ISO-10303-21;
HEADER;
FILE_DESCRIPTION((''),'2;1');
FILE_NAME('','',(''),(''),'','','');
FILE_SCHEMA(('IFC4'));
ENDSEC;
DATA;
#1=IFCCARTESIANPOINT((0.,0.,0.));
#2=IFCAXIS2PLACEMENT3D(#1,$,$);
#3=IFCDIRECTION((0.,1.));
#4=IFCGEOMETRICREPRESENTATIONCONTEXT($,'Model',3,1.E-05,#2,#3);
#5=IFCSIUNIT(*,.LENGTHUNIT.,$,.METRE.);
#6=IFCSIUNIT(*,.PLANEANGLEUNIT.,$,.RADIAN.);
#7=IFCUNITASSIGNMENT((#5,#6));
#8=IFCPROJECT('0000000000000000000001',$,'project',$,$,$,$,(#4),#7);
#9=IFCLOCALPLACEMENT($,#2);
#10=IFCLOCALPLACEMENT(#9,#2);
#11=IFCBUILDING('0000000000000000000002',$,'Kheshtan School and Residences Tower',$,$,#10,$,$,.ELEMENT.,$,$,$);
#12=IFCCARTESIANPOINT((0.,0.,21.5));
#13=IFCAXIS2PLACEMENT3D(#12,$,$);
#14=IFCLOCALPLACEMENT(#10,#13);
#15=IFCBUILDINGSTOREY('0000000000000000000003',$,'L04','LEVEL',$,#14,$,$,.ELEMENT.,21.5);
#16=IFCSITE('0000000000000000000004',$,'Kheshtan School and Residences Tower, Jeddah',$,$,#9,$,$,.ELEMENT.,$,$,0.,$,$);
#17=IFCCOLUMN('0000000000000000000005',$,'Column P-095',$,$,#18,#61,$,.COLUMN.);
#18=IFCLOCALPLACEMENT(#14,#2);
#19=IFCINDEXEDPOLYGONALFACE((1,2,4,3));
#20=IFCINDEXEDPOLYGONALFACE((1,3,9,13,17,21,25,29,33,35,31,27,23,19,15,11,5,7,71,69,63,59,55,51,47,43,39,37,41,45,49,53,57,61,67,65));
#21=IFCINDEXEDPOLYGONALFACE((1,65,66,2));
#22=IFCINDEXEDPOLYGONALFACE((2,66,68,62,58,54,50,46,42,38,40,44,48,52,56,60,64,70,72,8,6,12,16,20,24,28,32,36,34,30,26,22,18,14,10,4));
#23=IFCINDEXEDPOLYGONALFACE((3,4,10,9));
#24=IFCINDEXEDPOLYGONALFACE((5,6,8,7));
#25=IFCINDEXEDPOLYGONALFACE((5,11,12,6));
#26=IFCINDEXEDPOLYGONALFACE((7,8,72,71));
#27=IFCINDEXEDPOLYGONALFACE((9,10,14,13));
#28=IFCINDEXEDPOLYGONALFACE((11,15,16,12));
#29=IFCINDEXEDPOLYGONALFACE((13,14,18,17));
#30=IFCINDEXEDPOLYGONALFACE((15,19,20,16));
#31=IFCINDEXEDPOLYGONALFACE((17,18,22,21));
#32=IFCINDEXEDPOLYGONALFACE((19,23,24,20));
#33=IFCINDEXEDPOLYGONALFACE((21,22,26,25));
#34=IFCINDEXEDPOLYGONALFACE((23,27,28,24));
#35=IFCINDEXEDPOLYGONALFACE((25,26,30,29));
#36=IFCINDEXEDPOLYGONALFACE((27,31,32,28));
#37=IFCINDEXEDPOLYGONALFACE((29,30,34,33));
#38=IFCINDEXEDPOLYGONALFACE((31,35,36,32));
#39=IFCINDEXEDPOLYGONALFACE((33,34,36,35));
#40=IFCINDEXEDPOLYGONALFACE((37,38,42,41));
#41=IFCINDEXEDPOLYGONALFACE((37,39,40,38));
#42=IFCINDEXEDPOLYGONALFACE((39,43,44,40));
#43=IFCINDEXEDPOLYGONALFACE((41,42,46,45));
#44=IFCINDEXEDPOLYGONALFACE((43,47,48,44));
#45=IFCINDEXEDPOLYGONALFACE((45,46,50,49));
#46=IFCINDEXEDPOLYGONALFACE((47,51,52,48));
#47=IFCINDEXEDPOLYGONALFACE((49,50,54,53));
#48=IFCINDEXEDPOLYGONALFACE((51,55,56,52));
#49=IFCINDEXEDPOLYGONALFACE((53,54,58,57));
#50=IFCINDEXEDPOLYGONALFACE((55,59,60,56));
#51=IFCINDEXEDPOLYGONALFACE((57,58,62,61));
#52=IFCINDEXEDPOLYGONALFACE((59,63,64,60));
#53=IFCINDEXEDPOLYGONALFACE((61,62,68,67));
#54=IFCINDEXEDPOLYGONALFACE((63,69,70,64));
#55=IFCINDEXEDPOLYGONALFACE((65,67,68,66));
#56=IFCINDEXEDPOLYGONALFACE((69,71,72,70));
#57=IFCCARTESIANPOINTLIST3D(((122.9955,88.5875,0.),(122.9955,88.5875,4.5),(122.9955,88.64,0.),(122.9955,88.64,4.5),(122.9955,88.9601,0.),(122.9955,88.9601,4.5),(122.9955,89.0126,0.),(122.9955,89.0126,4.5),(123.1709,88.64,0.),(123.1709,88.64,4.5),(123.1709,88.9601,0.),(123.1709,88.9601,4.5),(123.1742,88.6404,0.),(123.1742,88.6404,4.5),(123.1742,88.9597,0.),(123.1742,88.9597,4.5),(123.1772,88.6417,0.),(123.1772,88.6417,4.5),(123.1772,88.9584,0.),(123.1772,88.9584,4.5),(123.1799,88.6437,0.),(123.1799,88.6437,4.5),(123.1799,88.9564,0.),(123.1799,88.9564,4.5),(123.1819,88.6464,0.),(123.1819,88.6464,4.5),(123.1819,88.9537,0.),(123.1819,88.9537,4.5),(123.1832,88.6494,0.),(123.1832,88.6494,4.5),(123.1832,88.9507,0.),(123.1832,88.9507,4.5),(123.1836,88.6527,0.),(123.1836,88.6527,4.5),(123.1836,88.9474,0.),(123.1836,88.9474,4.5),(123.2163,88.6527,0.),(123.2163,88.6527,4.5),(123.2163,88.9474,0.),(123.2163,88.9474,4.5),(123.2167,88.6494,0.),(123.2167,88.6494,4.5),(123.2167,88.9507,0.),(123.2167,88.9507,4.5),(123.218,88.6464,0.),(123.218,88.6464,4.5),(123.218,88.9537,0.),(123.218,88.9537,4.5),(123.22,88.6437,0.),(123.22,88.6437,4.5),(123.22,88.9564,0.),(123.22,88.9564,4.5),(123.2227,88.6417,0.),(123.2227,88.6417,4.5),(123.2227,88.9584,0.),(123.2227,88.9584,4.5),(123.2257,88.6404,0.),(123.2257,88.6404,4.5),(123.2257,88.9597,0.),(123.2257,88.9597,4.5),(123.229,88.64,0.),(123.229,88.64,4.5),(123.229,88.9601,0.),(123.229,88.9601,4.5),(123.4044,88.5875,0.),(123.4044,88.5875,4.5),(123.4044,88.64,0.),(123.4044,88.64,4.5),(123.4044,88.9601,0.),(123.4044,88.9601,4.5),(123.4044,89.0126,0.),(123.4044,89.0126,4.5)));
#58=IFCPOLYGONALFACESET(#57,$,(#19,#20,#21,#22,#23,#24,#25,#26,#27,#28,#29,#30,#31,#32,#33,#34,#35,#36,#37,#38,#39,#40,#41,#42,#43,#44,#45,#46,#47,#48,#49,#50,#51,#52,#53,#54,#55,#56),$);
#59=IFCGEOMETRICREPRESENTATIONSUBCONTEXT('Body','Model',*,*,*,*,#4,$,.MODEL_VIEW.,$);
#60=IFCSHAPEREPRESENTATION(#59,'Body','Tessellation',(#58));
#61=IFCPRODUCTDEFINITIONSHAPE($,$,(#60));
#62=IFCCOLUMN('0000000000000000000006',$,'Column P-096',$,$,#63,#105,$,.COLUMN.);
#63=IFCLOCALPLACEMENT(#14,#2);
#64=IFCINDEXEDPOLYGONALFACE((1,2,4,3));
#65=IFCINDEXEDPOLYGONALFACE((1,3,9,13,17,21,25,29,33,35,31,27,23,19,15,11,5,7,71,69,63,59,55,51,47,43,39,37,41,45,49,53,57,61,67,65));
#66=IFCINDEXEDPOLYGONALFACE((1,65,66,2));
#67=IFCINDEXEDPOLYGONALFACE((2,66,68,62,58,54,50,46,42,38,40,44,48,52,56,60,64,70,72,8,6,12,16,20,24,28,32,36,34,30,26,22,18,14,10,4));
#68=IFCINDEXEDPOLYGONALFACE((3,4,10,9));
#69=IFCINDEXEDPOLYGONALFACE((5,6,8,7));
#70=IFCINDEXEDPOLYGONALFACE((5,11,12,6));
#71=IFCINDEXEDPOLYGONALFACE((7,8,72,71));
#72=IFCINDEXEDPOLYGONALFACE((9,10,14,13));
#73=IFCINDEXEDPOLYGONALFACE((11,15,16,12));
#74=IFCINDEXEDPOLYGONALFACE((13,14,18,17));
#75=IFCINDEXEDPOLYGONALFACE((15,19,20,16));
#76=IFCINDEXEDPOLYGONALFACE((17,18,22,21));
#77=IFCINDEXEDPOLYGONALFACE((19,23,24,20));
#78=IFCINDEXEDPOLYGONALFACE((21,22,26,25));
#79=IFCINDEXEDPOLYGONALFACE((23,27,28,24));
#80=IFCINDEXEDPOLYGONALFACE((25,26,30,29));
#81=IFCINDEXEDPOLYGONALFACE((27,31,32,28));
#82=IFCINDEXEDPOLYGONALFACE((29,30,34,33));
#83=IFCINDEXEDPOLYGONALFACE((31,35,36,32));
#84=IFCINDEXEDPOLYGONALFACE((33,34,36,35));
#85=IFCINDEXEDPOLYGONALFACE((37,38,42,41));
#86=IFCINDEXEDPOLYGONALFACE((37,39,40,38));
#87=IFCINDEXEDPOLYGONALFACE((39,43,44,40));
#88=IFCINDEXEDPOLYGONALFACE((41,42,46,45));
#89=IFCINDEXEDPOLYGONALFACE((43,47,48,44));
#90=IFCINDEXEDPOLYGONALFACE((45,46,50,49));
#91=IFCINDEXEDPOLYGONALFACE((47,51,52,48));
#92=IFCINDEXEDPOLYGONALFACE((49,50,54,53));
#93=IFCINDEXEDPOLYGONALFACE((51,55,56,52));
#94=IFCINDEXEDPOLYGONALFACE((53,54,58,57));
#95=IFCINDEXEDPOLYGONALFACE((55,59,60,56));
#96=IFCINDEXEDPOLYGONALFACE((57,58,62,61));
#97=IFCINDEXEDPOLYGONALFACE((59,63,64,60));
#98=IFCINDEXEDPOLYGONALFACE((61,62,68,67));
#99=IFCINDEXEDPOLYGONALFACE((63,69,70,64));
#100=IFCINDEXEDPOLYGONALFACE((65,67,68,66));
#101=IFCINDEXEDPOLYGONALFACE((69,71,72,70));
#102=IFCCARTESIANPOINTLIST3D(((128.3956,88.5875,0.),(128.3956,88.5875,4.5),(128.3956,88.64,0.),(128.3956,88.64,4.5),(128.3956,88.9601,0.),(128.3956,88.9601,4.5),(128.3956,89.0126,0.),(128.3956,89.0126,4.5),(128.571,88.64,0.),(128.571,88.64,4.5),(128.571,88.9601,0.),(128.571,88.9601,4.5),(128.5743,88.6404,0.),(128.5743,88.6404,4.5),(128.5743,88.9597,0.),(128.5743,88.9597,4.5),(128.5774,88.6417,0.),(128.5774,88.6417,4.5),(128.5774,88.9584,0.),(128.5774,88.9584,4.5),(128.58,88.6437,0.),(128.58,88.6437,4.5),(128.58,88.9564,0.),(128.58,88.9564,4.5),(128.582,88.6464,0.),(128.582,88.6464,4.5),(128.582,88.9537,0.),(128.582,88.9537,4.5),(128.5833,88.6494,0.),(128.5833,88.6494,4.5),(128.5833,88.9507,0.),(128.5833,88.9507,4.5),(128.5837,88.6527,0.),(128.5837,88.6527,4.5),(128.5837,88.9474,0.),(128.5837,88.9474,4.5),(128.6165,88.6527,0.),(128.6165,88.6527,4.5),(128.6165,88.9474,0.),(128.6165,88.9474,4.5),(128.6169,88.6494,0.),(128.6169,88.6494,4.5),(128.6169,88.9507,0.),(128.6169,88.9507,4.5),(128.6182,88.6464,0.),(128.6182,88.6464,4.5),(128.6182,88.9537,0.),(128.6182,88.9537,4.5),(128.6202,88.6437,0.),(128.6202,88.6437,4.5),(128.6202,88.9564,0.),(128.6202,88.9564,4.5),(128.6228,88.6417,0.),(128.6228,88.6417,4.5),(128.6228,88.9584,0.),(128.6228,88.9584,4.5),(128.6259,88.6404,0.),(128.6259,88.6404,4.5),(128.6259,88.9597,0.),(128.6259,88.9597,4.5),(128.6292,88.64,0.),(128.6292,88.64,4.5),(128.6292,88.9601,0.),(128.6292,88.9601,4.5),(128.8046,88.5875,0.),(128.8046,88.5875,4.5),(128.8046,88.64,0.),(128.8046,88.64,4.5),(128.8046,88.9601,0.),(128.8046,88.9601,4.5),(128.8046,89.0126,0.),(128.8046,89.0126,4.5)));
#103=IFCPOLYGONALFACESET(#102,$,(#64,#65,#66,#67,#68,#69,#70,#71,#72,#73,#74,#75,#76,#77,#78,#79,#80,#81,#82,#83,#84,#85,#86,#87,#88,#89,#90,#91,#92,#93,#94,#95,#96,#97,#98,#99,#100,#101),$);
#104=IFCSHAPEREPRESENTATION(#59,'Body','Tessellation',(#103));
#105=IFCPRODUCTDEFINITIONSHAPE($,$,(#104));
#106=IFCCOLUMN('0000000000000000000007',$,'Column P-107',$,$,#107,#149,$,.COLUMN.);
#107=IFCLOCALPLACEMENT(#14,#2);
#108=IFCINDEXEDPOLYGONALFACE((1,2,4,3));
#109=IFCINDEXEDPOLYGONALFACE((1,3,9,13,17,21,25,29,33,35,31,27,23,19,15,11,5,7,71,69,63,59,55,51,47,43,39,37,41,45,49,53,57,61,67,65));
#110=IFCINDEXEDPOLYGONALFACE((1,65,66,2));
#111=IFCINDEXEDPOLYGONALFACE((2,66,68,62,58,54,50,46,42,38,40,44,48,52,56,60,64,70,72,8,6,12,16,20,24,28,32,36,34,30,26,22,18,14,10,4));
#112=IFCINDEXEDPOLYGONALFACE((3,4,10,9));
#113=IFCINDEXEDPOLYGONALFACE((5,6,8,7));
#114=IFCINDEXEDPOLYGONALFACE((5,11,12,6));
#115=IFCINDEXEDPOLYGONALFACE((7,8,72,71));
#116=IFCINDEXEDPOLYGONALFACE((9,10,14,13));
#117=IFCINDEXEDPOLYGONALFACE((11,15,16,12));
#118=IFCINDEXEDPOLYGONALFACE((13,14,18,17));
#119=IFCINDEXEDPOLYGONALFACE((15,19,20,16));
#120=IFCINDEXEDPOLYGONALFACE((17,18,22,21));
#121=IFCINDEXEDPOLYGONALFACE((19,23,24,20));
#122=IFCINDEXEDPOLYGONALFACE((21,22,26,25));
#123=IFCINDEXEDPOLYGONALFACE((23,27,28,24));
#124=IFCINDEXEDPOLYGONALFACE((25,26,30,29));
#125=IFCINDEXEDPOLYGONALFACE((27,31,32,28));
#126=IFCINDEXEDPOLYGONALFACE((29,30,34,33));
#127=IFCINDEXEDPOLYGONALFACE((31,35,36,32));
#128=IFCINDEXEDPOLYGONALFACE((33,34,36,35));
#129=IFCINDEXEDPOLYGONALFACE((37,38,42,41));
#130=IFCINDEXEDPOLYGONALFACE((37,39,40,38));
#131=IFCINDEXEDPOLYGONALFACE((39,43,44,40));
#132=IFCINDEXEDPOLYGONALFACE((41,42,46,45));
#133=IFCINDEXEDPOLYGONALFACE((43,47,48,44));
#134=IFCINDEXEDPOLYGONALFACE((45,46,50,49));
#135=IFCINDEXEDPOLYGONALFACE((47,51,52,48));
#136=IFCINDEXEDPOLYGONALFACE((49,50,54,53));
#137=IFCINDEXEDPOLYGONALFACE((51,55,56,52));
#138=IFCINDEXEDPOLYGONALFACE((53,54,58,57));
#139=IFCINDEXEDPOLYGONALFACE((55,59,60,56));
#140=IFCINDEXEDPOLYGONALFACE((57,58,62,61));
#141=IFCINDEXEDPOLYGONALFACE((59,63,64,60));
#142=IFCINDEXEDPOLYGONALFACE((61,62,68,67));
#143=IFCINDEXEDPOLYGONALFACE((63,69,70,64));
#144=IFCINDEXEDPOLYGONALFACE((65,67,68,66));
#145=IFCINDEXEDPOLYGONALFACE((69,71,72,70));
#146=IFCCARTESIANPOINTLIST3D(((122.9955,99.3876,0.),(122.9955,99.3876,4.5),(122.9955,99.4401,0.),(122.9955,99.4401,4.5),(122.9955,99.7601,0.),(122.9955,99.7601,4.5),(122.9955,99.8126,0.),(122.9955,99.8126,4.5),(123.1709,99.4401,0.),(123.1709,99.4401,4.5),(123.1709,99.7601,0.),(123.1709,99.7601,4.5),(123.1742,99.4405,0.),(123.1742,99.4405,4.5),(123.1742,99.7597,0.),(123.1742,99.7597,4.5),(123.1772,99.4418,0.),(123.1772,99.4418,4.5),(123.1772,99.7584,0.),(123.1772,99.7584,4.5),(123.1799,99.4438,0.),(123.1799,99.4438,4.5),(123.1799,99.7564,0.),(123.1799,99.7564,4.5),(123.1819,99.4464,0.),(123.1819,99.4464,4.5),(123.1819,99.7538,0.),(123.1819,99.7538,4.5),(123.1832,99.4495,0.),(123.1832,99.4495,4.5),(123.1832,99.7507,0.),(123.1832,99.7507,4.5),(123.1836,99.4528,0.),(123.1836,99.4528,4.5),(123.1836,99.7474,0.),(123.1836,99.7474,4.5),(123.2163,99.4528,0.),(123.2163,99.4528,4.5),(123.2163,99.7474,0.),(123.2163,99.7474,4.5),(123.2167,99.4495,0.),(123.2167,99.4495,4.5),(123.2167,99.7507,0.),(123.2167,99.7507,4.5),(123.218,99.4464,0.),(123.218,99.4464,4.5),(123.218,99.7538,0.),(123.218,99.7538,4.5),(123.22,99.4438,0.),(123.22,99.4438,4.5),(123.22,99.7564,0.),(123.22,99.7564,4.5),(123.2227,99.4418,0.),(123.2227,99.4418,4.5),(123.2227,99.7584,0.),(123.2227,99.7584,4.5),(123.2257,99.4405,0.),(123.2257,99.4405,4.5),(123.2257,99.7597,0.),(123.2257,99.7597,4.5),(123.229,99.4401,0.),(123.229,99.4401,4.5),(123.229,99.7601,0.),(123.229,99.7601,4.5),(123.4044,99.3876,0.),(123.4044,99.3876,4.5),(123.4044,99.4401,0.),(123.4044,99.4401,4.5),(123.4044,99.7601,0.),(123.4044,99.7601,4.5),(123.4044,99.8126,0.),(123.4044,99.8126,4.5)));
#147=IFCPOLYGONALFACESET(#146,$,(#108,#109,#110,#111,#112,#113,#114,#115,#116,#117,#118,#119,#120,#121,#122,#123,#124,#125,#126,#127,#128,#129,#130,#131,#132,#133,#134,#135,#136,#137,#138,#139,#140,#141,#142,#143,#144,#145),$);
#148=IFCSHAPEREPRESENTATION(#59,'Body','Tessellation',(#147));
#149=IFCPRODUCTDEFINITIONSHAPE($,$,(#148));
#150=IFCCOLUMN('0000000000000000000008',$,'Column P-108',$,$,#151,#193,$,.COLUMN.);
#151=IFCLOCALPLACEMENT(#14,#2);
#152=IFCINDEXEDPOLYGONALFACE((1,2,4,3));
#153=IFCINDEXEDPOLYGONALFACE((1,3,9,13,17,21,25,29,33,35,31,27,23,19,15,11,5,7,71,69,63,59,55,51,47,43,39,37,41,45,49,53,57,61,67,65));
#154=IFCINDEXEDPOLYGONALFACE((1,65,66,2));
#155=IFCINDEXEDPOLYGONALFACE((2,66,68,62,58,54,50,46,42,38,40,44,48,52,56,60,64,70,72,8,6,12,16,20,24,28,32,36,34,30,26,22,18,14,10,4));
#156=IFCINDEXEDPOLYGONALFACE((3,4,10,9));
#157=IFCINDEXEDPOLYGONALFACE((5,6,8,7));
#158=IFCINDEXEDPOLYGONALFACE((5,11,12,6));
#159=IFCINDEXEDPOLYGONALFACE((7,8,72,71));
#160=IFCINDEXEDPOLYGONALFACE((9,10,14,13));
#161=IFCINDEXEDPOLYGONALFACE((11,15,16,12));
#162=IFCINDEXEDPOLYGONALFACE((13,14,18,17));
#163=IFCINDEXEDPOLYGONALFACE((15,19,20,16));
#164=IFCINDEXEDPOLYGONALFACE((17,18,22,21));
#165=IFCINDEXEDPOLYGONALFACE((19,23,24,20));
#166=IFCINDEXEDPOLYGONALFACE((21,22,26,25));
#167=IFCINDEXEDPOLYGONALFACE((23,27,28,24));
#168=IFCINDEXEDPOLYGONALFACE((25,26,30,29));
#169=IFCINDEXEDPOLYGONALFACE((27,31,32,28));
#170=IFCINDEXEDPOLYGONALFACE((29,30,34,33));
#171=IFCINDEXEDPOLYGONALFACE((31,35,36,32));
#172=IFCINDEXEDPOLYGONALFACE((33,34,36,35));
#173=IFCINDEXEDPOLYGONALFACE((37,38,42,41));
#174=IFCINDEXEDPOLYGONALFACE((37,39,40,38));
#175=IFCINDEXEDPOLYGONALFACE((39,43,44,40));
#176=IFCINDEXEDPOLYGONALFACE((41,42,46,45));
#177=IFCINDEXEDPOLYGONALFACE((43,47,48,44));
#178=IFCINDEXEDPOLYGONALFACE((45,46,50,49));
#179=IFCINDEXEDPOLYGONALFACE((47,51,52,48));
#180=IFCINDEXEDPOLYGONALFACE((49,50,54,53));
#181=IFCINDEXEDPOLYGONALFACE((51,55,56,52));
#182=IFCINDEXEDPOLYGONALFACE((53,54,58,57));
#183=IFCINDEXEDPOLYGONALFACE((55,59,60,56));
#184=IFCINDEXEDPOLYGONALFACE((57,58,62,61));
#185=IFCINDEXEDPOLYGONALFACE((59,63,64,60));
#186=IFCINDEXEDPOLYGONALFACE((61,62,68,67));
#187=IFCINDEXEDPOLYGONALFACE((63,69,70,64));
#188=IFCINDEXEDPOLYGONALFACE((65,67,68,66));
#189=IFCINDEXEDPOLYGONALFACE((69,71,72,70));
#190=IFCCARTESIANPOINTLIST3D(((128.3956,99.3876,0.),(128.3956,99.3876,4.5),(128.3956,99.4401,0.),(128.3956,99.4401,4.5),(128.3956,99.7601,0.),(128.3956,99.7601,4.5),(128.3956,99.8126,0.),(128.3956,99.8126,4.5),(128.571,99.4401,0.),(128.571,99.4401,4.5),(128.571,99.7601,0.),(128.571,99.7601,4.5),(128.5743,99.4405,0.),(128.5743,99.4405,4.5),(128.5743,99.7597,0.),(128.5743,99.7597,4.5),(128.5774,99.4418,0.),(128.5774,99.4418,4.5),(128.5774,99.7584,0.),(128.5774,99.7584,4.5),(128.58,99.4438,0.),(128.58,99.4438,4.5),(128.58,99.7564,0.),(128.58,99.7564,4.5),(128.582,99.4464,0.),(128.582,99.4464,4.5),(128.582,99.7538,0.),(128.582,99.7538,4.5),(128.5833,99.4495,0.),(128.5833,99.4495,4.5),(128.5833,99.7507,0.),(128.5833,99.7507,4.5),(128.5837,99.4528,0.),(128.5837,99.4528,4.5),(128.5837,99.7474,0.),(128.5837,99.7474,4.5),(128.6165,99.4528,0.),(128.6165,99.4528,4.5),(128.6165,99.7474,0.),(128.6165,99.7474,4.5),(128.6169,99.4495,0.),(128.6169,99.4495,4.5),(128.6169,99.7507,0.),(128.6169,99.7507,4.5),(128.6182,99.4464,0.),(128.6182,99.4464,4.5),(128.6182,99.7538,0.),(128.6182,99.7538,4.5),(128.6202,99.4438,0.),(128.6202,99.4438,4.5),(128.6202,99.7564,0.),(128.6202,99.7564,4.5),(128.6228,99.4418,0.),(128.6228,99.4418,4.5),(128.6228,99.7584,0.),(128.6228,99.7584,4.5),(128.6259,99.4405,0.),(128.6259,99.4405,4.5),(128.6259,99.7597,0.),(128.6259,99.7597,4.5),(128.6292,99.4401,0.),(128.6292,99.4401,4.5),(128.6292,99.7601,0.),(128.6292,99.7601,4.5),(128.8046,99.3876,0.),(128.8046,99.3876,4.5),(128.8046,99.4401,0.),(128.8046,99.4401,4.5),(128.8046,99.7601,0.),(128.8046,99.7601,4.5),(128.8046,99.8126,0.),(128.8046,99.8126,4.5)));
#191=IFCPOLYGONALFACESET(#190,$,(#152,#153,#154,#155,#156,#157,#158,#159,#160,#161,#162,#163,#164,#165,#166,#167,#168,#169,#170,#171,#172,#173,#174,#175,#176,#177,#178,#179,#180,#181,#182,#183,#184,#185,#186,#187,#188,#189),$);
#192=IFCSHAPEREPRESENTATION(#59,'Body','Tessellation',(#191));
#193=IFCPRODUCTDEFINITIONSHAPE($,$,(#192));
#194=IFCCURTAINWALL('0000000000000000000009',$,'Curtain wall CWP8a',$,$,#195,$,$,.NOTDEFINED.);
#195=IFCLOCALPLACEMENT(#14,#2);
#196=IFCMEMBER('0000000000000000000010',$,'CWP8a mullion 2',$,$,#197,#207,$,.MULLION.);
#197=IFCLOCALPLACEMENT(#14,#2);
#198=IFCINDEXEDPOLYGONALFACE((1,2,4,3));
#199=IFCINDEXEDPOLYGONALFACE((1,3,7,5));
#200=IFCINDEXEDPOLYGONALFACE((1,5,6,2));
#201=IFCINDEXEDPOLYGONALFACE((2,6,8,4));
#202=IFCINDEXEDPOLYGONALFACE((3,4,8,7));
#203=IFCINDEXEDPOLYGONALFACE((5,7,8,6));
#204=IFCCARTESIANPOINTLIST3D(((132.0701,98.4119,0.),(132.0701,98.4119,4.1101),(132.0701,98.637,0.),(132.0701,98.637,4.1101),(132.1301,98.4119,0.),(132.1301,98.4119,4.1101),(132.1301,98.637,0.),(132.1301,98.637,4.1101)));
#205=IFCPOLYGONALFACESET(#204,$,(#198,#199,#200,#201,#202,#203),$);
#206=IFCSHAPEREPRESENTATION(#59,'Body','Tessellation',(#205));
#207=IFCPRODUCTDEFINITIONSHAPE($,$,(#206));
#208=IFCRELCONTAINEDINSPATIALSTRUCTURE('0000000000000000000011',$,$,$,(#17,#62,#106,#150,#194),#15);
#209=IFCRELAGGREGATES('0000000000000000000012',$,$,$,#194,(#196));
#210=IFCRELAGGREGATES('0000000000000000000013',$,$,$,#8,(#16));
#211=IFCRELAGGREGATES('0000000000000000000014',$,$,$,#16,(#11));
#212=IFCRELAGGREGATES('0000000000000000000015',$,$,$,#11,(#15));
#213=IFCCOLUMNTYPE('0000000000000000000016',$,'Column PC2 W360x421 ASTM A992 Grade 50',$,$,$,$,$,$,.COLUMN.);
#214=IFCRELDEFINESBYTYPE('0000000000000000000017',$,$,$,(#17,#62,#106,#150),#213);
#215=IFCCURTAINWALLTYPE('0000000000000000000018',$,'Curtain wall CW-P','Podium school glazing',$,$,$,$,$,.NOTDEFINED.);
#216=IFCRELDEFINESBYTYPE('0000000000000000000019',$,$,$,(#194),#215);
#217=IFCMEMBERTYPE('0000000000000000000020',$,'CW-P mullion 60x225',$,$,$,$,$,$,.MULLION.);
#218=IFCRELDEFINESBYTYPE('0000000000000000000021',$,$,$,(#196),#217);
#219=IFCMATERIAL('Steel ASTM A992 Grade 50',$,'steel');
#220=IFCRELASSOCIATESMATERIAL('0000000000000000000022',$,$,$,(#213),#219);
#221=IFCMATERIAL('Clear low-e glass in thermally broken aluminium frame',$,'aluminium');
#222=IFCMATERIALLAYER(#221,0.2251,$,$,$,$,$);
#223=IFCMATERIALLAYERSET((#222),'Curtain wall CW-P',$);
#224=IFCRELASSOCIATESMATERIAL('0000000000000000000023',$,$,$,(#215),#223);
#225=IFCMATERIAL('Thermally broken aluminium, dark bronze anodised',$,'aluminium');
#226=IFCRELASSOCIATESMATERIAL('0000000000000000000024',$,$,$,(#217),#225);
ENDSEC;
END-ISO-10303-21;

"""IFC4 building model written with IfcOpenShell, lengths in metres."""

from ifc_helpers import new_model, si_unit, direction, frame, origin, origin_2d, place, context, subcontext, project, spatial, rectangle, i_section, extrude, material, layer, layer_set, material_profile, profile_set, type_object, element, aggregate, save


model = new_model("IFC4")

# Units and contexts
model_context = context("Model", 3, precision=1e-05, world=origin(), true_north=direction((0.0, 1.0)))
body_context = subcontext(model_context, "Body", "Model", "MODEL_VIEW")
ifc_project = project(units=[si_unit("LENGTHUNIT", "METRE"), si_unit("PLANEANGLEUNIT", "RADIAN")], contexts=[model_context])

# Site, building, storey
site_placement = place(None, origin())
site = spatial("IfcSite", under=ifc_project, at=site_placement, Name="Kheshtan School and Residences Tower, Jeddah", CompositionType="ELEMENT", RefElevation=0.0)
building_placement = place(site_placement, origin())
building = spatial("IfcBuilding", under=site, at=building_placement, Name="Kheshtan School and Residences Tower", CompositionType="ELEMENT")
storey_placement = place(building_placement, frame((0.0, 0.0, 21.5)))
storey = spatial("IfcBuildingStorey", under=building, at=storey_placement, Name="L04", Description="LEVEL", CompositionType="ELEMENT", Elevation=21.5)

# Columns
ifc_material_1 = material(Name="Steel ASTM A992 Grade 50", Category="steel")
ifc_material_profile_1 = material_profile(ifc_material_1, i_section(OverallWidth=0.4089, OverallDepth=0.425, WebThickness=0.0327, FlangeThickness=0.0525, FilletRadius=0.0127, at=origin_2d()), Name="W360x421")
ifc_profile_set_1 = profile_set([ifc_material_profile_1], Name="Steel ASTM A992 Grade 50")
column_type = type_object("IfcColumnType", Name="Column PC2 W360x421 ASTM A992 Grade 50", PredefinedType="COLUMN", material=ifc_profile_set_1)
for number, where, z_axis, x_axis, name in (
    (1, (123.2, 88.8, 0.0), (0.0, 0.0, 1.0), (1.0, 0.0, 0.0), "Column P-095"),
    (2, (128.6001, 88.8, 0.0), (0.0, 0.0, 1.0), (1.0, 0.0, 0.0), "Column P-096"),
    (3, (123.2, 99.6001, 0.0), (0.0, 0.0, 1.0), (1.0, 0.0, 0.0), "Column P-107"),
    (4, (128.6001, 99.6001, 0.0), (0.0, 0.0, 1.0), (1.0, 0.0, 0.0), "Column P-108"),
):
    element("IfcColumn", number, at=place(storey_placement, frame(where, z_axis=z_axis, x_axis=x_axis)), inside=storey, type_object=column_type, Name=name, PredefinedType="COLUMN", context=body_context, shape_type="SweptSolid", body=[
        extrude(i_section(OverallWidth=0.4089, OverallDepth=0.425, WebThickness=0.0327, FlangeThickness=0.0525, FilletRadius=0.0127, at=origin_2d()), origin(), (0.0, 0.0, 1.0), 4.5),
    ])

# Curtain wall, member
ifc_material_2 = material(Name="Clear low-e glass in thermally broken aluminium frame", Category="aluminium")
ifc_layer_1 = layer(ifc_material_2, 0.2251)
ifc_layer_set_1 = layer_set([ifc_layer_1], Name="Curtain wall CW-P")
curtain_wall_type = type_object("IfcCurtainWallType", Name="Curtain wall CW-P", Description="Podium school glazing", PredefinedType="NOTDEFINED", material=ifc_layer_set_1)
curtain_wall_placement = place(storey_placement, origin())
curtain_wall = element("IfcCurtainWall", 5, at=curtain_wall_placement, inside=storey, type_object=curtain_wall_type, Name="Curtain wall CWP8a", PredefinedType="NOTDEFINED")
ifc_material_3 = material(Name="Thermally broken aluminium, dark bronze anodised", Category="aluminium")
ifc_material_profile_2 = material_profile(ifc_material_3, rectangle(XDim=0.0601, YDim=0.2251, at=origin_2d()), Name="CW-P mullion 60x225")
ifc_profile_set_2 = profile_set([ifc_material_profile_2], Name="Thermally broken aluminium, dark bronze anodised")
member_type = type_object("IfcMemberType", Name="CW-P mullion 60x225", PredefinedType="MULLION", material=ifc_profile_set_2)
member_1_placement = place(storey_placement, frame((132.1001, 98.5244, 0.0), z_axis=(0.0, 0.0, 1.0), x_axis=(1.0, 0.0, 0.0)))
member_1 = element("IfcMember", 6, at=member_1_placement, type_object=member_type, Name="CWP8a mullion 2", PredefinedType="MULLION", context=body_context, shape_type="SweptSolid", body=[
    extrude(rectangle(XDim=0.0601, YDim=0.2251, at=origin_2d()), origin(), (0.0, 0.0, 1.0), 4.1101),
])
aggregate(curtain_wall, [member_1])

save(model, "model.ifc")
